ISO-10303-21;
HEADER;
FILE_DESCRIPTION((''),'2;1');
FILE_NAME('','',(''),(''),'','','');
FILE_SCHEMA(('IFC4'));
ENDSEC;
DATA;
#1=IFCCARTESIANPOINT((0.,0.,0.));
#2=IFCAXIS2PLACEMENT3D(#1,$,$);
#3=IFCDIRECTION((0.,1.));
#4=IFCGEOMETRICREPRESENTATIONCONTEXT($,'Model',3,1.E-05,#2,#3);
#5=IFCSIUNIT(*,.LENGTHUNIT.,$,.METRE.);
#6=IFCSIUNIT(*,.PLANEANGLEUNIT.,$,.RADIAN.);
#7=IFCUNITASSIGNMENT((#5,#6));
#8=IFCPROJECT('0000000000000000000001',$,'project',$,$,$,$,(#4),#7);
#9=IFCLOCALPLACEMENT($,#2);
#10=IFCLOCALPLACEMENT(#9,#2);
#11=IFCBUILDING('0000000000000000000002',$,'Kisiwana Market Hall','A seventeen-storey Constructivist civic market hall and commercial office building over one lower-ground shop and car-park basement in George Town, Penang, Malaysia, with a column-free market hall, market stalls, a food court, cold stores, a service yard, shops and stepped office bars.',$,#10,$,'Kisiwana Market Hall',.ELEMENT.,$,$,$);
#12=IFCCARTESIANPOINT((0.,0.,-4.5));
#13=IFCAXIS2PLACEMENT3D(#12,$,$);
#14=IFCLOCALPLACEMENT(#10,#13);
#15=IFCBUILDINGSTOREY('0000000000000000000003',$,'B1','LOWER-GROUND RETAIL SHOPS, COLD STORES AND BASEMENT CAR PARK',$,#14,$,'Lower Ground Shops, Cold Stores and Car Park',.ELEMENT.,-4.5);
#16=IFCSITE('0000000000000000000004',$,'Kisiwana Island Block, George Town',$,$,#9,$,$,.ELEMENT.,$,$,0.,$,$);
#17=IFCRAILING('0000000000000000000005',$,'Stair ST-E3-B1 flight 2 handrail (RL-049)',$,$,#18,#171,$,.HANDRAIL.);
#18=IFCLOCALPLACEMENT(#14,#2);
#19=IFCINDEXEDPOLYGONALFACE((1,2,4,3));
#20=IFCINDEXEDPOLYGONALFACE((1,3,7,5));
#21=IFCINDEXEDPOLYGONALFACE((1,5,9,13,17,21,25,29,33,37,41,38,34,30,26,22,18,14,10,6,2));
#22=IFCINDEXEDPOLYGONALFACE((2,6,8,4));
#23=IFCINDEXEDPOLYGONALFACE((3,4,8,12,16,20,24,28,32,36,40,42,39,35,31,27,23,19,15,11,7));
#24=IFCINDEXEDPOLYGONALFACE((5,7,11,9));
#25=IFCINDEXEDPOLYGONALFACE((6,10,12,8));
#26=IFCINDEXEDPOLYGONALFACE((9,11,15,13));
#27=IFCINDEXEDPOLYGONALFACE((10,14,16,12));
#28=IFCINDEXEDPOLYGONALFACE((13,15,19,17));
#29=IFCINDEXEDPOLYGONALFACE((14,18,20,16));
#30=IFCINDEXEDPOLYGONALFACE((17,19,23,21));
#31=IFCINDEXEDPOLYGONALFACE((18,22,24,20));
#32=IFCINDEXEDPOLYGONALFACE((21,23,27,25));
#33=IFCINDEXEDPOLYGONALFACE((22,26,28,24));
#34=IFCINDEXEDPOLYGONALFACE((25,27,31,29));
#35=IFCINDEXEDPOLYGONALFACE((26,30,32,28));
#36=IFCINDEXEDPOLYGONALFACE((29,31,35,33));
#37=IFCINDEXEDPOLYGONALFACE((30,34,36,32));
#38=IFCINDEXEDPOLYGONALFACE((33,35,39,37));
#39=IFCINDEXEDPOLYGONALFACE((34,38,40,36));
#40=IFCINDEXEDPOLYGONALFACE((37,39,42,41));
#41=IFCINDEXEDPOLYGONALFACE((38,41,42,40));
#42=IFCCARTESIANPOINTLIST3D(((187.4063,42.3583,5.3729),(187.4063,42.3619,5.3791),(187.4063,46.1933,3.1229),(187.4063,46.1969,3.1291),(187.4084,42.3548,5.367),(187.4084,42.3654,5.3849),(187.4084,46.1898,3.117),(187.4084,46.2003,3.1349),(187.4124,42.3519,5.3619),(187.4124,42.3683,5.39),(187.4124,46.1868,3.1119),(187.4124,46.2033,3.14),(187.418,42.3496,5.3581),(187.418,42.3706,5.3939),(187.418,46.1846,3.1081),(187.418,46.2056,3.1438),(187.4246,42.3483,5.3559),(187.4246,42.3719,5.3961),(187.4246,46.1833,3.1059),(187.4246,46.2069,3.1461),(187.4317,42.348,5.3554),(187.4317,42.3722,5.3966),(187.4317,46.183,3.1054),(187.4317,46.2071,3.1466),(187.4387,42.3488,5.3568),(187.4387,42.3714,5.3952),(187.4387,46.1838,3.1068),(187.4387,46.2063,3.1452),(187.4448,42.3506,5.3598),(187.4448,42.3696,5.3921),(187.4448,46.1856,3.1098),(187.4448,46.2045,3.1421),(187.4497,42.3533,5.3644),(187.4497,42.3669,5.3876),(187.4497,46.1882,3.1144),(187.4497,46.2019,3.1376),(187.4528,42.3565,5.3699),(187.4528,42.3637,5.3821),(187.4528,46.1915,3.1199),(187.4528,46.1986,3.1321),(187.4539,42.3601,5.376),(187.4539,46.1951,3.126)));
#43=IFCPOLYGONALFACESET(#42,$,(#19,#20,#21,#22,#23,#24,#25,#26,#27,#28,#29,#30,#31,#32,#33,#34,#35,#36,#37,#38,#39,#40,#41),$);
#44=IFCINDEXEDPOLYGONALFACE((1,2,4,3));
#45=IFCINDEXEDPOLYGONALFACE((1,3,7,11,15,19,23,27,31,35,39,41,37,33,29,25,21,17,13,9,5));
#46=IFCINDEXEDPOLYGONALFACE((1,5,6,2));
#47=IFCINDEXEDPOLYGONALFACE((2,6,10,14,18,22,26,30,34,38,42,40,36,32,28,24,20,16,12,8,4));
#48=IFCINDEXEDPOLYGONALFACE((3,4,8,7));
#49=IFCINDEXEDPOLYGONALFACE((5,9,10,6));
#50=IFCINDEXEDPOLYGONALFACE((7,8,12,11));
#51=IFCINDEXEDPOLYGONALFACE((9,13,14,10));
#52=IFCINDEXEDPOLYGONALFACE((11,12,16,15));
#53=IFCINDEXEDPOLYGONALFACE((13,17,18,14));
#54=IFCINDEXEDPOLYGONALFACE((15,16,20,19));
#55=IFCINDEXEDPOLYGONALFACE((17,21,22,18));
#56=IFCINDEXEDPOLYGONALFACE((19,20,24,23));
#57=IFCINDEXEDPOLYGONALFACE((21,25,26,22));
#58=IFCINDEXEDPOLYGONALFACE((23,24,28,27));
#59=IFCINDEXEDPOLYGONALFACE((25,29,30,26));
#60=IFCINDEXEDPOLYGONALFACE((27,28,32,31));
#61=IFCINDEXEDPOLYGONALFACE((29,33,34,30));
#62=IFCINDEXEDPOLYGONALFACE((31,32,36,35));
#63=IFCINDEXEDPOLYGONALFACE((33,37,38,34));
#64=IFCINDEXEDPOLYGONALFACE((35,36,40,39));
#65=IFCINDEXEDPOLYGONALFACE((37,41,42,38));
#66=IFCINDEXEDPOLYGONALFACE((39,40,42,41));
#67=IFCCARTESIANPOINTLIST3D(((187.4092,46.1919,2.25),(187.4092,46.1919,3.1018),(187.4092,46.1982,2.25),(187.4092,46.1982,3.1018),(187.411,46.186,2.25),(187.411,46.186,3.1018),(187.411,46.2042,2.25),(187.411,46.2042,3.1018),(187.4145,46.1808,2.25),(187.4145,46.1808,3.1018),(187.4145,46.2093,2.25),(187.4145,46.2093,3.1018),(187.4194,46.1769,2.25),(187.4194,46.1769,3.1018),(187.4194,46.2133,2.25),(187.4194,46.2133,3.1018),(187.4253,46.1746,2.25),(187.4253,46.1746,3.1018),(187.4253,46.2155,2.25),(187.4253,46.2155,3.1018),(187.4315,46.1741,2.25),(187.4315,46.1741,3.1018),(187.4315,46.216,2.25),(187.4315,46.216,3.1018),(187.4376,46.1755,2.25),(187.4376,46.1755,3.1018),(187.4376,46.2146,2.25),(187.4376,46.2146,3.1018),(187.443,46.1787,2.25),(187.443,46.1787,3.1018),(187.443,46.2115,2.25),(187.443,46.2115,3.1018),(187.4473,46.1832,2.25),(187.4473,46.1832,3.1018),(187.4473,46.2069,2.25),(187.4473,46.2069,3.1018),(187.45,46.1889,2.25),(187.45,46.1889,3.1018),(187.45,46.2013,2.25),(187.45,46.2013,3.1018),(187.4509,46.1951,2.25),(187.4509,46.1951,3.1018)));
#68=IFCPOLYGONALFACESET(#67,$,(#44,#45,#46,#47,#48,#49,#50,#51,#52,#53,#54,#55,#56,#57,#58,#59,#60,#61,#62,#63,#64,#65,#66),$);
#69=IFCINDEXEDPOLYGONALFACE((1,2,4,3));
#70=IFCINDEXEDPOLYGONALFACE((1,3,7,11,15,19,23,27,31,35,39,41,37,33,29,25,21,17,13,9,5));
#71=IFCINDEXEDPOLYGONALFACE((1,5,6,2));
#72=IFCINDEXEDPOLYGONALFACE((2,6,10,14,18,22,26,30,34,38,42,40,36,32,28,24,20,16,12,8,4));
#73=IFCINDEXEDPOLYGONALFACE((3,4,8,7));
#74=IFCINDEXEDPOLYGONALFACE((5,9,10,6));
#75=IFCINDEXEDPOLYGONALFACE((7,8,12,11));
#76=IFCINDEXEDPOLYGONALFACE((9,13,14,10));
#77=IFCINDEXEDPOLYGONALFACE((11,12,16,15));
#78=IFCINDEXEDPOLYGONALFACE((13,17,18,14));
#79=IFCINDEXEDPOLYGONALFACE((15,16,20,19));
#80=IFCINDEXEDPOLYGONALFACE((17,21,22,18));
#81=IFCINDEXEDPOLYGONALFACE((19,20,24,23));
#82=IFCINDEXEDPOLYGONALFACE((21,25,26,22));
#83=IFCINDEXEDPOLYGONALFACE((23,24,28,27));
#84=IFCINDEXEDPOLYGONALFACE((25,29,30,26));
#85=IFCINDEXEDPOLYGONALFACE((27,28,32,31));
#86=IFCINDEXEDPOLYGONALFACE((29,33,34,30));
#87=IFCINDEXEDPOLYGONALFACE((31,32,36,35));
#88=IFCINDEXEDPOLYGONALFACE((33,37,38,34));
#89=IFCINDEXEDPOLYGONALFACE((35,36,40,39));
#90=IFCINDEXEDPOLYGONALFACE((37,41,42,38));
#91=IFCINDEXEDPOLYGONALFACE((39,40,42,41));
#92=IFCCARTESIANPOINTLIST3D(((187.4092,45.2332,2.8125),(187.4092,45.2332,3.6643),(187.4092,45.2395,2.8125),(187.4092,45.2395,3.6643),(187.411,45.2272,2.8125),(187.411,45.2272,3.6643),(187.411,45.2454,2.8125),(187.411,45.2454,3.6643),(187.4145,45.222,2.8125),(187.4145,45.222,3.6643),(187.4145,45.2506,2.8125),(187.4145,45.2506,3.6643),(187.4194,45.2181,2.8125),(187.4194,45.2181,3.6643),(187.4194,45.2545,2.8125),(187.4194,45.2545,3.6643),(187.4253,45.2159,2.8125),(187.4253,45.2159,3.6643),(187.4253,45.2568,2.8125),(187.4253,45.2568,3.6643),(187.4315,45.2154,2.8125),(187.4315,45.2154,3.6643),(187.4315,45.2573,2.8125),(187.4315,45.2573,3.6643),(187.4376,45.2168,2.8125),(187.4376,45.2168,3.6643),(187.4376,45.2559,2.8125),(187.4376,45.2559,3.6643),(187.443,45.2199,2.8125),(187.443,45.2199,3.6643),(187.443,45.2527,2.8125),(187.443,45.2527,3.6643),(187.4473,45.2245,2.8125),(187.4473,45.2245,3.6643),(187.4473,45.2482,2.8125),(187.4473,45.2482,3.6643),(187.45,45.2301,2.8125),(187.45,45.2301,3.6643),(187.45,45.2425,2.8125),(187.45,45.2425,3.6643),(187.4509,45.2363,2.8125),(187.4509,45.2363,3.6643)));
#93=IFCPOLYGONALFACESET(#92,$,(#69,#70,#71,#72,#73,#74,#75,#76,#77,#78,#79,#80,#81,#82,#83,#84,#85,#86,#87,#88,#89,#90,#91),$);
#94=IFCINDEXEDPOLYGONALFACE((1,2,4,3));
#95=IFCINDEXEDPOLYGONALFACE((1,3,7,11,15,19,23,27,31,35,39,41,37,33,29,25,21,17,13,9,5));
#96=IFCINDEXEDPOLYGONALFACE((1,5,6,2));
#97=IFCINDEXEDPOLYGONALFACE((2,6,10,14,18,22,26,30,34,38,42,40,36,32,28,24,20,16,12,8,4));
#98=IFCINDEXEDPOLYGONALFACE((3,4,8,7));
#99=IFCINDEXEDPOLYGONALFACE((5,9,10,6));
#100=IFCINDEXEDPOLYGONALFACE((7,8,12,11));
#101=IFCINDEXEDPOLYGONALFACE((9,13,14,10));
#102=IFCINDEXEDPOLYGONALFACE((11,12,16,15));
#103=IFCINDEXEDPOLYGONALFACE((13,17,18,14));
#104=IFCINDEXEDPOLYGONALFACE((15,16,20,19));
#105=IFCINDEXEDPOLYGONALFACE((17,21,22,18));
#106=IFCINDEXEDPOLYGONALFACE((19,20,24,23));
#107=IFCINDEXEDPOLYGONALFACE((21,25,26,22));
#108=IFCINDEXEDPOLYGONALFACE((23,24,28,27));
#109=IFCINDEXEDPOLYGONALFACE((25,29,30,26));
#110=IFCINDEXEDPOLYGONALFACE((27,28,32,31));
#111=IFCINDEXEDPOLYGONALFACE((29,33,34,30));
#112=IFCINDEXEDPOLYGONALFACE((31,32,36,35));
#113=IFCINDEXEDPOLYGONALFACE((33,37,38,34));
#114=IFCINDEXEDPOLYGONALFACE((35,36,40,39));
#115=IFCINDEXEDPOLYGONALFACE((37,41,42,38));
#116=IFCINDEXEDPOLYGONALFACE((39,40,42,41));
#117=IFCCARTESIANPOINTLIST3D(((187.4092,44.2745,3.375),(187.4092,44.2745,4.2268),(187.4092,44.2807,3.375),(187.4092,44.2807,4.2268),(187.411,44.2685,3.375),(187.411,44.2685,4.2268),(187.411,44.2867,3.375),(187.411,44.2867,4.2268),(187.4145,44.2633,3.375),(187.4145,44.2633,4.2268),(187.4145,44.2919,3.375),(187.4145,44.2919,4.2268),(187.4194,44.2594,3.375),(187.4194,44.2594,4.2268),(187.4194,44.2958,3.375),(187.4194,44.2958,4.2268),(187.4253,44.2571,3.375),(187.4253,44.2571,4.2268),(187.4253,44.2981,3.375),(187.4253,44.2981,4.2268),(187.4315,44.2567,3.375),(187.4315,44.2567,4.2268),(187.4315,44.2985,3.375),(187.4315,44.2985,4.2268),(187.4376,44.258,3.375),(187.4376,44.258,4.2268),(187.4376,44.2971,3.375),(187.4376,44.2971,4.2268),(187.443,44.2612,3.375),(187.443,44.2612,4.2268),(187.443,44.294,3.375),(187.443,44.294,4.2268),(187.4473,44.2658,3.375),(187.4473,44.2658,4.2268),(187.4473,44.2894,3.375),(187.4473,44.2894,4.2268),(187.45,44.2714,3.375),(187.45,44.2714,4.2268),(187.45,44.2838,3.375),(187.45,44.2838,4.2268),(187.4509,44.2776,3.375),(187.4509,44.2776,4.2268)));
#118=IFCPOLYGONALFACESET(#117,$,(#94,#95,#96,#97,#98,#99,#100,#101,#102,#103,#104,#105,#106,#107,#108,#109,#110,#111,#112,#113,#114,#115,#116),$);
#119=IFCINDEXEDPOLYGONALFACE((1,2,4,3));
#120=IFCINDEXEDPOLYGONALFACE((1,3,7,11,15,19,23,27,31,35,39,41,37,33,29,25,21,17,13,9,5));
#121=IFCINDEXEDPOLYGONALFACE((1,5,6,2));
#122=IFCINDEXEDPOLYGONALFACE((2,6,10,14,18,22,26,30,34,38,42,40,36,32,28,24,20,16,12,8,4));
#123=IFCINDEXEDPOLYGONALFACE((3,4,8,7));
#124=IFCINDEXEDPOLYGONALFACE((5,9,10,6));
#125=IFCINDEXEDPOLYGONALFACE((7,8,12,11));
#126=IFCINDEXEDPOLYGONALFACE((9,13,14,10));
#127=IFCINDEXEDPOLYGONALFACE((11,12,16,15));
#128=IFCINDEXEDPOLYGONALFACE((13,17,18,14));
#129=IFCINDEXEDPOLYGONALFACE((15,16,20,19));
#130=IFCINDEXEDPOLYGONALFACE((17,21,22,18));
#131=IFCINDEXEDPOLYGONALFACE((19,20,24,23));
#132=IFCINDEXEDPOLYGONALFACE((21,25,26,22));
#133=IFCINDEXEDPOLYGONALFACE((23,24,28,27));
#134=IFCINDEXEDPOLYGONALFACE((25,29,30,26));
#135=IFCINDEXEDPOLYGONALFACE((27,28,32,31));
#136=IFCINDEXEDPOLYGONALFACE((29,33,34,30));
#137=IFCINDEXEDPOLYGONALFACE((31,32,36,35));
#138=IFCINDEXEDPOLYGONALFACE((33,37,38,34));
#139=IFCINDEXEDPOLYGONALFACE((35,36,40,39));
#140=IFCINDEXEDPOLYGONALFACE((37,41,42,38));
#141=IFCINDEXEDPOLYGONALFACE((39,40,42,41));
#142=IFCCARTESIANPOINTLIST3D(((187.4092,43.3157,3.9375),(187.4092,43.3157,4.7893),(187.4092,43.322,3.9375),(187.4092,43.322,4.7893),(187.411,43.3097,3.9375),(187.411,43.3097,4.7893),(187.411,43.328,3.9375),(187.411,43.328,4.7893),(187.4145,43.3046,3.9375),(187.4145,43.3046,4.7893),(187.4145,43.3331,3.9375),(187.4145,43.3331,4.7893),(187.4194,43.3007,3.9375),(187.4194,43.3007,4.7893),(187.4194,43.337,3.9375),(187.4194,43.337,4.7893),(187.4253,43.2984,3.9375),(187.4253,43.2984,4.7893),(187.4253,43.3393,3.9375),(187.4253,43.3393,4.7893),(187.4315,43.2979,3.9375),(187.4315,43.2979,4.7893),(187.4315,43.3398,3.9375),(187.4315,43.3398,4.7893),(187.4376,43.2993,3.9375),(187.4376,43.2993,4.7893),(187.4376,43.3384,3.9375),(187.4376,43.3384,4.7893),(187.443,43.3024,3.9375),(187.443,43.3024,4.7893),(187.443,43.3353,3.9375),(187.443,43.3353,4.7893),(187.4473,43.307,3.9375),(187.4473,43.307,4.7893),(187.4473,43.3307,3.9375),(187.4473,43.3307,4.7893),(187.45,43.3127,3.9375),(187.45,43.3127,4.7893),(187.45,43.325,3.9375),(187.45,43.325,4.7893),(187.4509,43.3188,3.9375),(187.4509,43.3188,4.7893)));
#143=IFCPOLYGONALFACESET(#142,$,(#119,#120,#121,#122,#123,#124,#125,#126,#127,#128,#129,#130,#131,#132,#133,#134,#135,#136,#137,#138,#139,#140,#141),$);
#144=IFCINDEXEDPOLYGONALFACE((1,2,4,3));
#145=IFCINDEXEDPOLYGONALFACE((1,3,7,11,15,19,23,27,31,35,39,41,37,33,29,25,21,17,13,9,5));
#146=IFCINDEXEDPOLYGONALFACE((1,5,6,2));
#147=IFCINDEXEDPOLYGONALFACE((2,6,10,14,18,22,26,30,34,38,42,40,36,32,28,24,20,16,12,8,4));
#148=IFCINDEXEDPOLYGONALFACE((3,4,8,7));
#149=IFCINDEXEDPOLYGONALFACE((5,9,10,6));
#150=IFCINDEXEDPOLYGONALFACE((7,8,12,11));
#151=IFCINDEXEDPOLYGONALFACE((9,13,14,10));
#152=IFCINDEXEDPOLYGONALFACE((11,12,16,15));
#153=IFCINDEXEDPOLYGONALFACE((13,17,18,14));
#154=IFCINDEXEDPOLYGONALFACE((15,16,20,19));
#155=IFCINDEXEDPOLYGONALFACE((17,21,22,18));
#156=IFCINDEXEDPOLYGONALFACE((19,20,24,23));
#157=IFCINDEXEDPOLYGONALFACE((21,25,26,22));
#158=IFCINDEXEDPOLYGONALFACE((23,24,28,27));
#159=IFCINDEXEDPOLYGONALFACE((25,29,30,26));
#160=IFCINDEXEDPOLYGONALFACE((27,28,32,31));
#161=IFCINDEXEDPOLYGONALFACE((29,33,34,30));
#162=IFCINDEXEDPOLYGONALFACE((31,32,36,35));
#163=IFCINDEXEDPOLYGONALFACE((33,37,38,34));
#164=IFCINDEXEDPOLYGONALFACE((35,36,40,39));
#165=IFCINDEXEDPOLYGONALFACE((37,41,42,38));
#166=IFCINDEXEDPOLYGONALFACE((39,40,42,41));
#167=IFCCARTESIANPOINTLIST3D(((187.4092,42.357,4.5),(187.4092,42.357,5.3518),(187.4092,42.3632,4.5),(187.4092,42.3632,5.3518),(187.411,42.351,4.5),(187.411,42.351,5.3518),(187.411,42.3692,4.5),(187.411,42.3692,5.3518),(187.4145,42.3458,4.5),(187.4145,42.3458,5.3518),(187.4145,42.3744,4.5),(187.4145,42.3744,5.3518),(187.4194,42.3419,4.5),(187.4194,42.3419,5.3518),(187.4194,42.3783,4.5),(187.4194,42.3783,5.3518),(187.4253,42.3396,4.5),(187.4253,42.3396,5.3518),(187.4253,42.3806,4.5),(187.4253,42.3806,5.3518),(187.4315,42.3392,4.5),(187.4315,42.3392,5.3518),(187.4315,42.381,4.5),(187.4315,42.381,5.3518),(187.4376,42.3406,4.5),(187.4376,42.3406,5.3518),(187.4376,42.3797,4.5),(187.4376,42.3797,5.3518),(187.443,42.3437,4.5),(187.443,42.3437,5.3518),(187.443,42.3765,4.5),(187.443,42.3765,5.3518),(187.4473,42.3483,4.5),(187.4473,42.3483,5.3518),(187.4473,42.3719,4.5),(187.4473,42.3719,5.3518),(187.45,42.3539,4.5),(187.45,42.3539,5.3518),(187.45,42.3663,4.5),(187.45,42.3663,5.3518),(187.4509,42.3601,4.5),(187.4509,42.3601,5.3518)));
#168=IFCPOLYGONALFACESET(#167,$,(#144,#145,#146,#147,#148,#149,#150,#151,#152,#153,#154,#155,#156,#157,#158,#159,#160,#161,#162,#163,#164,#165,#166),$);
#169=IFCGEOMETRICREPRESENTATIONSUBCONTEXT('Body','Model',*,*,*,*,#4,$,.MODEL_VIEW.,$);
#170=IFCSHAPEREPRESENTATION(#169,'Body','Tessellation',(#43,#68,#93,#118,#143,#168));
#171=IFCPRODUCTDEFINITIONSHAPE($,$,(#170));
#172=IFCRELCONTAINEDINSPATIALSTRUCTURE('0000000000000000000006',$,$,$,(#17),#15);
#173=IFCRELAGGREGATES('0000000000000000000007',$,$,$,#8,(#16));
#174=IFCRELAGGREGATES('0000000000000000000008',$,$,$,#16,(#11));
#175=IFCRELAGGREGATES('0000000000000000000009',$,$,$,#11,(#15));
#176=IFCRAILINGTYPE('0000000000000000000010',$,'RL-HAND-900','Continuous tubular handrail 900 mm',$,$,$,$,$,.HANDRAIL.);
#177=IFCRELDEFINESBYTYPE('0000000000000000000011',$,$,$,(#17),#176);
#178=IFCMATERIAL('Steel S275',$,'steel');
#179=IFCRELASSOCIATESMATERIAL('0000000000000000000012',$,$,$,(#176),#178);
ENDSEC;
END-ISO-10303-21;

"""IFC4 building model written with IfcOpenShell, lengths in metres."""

from ifc_helpers import new_model, si_unit, direction, frame, origin, origin_2d, place, context, subcontext, project, spatial, circle, extrude, material, type_object, element, save


model = new_model("IFC4")

# Units and contexts
model_context = context("Model", 3, precision=1e-05, world=origin(), true_north=direction((0.0, 1.0)))
body_context = subcontext(model_context, "Body", "Model", "MODEL_VIEW")
ifc_project = project(units=[si_unit("LENGTHUNIT", "METRE"), si_unit("PLANEANGLEUNIT", "RADIAN")], contexts=[model_context])

# Site, building, storey
site_placement = place(None, origin())
site = spatial("IfcSite", under=ifc_project, at=site_placement, Name="Kisiwana Island Block, George Town", CompositionType="ELEMENT", RefElevation=0.0)
building_placement = place(site_placement, origin())
building = spatial("IfcBuilding", under=site, at=building_placement, Name="Kisiwana Market Hall", Description="A seventeen-storey Constructivist civic market hall and commercial office building over one lower-ground shop and car-park basement in George Town, Penang, Malaysia, with a column-free market hall, market stalls, a food court, cold stores, a service yard, shops and stepped office bars.", LongName="Kisiwana Market Hall", CompositionType="ELEMENT")
storey_placement = place(building_placement, frame((0.0, 0.0, -4.5)))
storey = spatial("IfcBuildingStorey", under=building, at=storey_placement, Name="B1", Description="LOWER-GROUND RETAIL SHOPS, COLD STORES AND BASEMENT CAR PARK", LongName="Lower Ground Shops, Cold Stores and Car Park", CompositionType="ELEMENT", Elevation=-4.5)

# Railing
ifc_material_1 = material(Name="Steel S275", Category="steel")
railing_type = type_object("IfcRailingType", Name="RL-HAND-900", Description="Continuous tubular handrail 900 mm", PredefinedType="HANDRAIL", material=ifc_material_1)
for number, where, name in (
    (1, (187.4299, 46.1951, 2.25), "Stair ST-E3-B1 flight 2 handrail (RL-049)"),
):
    element("IfcRailing", number, at=place(storey_placement, frame(where)), inside=storey, type_object=railing_type, Name=name, PredefinedType="HANDRAIL", context=body_context, shape_type="SweptSolid", body=[
        extrude(circle(Radius=0.0239, at=origin_2d()), frame((0.0, 0.0, 0.876), z_axis=(0.0, -0.86251, 0.506041), x_axis=(1.0, 0.0, 0.0)), (0.0, 0.0, 1.0), 4.4463),
        extrude(circle(Radius=0.021, at=origin_2d()), origin(), (0.0, 0.0, 1.0), 0.8518),
        extrude(circle(Radius=0.021, at=origin_2d()), frame((0.0, -0.9587, 0.5625)), (0.0, 0.0, 1.0), 0.8518),
        extrude(circle(Radius=0.021, at=origin_2d()), frame((0.0, -1.9175, 1.125)), (0.0, 0.0, 1.0), 0.8518),
        extrude(circle(Radius=0.021, at=origin_2d()), frame((0.0, -2.8762, 1.6875)), (0.0, 0.0, 1.0), 0.8518),
        extrude(circle(Radius=0.021, at=origin_2d()), frame((0.0, -3.835, 2.25)), (0.0, 0.0, 1.0), 0.8518),
    ])

save(model, "model.ifc")
